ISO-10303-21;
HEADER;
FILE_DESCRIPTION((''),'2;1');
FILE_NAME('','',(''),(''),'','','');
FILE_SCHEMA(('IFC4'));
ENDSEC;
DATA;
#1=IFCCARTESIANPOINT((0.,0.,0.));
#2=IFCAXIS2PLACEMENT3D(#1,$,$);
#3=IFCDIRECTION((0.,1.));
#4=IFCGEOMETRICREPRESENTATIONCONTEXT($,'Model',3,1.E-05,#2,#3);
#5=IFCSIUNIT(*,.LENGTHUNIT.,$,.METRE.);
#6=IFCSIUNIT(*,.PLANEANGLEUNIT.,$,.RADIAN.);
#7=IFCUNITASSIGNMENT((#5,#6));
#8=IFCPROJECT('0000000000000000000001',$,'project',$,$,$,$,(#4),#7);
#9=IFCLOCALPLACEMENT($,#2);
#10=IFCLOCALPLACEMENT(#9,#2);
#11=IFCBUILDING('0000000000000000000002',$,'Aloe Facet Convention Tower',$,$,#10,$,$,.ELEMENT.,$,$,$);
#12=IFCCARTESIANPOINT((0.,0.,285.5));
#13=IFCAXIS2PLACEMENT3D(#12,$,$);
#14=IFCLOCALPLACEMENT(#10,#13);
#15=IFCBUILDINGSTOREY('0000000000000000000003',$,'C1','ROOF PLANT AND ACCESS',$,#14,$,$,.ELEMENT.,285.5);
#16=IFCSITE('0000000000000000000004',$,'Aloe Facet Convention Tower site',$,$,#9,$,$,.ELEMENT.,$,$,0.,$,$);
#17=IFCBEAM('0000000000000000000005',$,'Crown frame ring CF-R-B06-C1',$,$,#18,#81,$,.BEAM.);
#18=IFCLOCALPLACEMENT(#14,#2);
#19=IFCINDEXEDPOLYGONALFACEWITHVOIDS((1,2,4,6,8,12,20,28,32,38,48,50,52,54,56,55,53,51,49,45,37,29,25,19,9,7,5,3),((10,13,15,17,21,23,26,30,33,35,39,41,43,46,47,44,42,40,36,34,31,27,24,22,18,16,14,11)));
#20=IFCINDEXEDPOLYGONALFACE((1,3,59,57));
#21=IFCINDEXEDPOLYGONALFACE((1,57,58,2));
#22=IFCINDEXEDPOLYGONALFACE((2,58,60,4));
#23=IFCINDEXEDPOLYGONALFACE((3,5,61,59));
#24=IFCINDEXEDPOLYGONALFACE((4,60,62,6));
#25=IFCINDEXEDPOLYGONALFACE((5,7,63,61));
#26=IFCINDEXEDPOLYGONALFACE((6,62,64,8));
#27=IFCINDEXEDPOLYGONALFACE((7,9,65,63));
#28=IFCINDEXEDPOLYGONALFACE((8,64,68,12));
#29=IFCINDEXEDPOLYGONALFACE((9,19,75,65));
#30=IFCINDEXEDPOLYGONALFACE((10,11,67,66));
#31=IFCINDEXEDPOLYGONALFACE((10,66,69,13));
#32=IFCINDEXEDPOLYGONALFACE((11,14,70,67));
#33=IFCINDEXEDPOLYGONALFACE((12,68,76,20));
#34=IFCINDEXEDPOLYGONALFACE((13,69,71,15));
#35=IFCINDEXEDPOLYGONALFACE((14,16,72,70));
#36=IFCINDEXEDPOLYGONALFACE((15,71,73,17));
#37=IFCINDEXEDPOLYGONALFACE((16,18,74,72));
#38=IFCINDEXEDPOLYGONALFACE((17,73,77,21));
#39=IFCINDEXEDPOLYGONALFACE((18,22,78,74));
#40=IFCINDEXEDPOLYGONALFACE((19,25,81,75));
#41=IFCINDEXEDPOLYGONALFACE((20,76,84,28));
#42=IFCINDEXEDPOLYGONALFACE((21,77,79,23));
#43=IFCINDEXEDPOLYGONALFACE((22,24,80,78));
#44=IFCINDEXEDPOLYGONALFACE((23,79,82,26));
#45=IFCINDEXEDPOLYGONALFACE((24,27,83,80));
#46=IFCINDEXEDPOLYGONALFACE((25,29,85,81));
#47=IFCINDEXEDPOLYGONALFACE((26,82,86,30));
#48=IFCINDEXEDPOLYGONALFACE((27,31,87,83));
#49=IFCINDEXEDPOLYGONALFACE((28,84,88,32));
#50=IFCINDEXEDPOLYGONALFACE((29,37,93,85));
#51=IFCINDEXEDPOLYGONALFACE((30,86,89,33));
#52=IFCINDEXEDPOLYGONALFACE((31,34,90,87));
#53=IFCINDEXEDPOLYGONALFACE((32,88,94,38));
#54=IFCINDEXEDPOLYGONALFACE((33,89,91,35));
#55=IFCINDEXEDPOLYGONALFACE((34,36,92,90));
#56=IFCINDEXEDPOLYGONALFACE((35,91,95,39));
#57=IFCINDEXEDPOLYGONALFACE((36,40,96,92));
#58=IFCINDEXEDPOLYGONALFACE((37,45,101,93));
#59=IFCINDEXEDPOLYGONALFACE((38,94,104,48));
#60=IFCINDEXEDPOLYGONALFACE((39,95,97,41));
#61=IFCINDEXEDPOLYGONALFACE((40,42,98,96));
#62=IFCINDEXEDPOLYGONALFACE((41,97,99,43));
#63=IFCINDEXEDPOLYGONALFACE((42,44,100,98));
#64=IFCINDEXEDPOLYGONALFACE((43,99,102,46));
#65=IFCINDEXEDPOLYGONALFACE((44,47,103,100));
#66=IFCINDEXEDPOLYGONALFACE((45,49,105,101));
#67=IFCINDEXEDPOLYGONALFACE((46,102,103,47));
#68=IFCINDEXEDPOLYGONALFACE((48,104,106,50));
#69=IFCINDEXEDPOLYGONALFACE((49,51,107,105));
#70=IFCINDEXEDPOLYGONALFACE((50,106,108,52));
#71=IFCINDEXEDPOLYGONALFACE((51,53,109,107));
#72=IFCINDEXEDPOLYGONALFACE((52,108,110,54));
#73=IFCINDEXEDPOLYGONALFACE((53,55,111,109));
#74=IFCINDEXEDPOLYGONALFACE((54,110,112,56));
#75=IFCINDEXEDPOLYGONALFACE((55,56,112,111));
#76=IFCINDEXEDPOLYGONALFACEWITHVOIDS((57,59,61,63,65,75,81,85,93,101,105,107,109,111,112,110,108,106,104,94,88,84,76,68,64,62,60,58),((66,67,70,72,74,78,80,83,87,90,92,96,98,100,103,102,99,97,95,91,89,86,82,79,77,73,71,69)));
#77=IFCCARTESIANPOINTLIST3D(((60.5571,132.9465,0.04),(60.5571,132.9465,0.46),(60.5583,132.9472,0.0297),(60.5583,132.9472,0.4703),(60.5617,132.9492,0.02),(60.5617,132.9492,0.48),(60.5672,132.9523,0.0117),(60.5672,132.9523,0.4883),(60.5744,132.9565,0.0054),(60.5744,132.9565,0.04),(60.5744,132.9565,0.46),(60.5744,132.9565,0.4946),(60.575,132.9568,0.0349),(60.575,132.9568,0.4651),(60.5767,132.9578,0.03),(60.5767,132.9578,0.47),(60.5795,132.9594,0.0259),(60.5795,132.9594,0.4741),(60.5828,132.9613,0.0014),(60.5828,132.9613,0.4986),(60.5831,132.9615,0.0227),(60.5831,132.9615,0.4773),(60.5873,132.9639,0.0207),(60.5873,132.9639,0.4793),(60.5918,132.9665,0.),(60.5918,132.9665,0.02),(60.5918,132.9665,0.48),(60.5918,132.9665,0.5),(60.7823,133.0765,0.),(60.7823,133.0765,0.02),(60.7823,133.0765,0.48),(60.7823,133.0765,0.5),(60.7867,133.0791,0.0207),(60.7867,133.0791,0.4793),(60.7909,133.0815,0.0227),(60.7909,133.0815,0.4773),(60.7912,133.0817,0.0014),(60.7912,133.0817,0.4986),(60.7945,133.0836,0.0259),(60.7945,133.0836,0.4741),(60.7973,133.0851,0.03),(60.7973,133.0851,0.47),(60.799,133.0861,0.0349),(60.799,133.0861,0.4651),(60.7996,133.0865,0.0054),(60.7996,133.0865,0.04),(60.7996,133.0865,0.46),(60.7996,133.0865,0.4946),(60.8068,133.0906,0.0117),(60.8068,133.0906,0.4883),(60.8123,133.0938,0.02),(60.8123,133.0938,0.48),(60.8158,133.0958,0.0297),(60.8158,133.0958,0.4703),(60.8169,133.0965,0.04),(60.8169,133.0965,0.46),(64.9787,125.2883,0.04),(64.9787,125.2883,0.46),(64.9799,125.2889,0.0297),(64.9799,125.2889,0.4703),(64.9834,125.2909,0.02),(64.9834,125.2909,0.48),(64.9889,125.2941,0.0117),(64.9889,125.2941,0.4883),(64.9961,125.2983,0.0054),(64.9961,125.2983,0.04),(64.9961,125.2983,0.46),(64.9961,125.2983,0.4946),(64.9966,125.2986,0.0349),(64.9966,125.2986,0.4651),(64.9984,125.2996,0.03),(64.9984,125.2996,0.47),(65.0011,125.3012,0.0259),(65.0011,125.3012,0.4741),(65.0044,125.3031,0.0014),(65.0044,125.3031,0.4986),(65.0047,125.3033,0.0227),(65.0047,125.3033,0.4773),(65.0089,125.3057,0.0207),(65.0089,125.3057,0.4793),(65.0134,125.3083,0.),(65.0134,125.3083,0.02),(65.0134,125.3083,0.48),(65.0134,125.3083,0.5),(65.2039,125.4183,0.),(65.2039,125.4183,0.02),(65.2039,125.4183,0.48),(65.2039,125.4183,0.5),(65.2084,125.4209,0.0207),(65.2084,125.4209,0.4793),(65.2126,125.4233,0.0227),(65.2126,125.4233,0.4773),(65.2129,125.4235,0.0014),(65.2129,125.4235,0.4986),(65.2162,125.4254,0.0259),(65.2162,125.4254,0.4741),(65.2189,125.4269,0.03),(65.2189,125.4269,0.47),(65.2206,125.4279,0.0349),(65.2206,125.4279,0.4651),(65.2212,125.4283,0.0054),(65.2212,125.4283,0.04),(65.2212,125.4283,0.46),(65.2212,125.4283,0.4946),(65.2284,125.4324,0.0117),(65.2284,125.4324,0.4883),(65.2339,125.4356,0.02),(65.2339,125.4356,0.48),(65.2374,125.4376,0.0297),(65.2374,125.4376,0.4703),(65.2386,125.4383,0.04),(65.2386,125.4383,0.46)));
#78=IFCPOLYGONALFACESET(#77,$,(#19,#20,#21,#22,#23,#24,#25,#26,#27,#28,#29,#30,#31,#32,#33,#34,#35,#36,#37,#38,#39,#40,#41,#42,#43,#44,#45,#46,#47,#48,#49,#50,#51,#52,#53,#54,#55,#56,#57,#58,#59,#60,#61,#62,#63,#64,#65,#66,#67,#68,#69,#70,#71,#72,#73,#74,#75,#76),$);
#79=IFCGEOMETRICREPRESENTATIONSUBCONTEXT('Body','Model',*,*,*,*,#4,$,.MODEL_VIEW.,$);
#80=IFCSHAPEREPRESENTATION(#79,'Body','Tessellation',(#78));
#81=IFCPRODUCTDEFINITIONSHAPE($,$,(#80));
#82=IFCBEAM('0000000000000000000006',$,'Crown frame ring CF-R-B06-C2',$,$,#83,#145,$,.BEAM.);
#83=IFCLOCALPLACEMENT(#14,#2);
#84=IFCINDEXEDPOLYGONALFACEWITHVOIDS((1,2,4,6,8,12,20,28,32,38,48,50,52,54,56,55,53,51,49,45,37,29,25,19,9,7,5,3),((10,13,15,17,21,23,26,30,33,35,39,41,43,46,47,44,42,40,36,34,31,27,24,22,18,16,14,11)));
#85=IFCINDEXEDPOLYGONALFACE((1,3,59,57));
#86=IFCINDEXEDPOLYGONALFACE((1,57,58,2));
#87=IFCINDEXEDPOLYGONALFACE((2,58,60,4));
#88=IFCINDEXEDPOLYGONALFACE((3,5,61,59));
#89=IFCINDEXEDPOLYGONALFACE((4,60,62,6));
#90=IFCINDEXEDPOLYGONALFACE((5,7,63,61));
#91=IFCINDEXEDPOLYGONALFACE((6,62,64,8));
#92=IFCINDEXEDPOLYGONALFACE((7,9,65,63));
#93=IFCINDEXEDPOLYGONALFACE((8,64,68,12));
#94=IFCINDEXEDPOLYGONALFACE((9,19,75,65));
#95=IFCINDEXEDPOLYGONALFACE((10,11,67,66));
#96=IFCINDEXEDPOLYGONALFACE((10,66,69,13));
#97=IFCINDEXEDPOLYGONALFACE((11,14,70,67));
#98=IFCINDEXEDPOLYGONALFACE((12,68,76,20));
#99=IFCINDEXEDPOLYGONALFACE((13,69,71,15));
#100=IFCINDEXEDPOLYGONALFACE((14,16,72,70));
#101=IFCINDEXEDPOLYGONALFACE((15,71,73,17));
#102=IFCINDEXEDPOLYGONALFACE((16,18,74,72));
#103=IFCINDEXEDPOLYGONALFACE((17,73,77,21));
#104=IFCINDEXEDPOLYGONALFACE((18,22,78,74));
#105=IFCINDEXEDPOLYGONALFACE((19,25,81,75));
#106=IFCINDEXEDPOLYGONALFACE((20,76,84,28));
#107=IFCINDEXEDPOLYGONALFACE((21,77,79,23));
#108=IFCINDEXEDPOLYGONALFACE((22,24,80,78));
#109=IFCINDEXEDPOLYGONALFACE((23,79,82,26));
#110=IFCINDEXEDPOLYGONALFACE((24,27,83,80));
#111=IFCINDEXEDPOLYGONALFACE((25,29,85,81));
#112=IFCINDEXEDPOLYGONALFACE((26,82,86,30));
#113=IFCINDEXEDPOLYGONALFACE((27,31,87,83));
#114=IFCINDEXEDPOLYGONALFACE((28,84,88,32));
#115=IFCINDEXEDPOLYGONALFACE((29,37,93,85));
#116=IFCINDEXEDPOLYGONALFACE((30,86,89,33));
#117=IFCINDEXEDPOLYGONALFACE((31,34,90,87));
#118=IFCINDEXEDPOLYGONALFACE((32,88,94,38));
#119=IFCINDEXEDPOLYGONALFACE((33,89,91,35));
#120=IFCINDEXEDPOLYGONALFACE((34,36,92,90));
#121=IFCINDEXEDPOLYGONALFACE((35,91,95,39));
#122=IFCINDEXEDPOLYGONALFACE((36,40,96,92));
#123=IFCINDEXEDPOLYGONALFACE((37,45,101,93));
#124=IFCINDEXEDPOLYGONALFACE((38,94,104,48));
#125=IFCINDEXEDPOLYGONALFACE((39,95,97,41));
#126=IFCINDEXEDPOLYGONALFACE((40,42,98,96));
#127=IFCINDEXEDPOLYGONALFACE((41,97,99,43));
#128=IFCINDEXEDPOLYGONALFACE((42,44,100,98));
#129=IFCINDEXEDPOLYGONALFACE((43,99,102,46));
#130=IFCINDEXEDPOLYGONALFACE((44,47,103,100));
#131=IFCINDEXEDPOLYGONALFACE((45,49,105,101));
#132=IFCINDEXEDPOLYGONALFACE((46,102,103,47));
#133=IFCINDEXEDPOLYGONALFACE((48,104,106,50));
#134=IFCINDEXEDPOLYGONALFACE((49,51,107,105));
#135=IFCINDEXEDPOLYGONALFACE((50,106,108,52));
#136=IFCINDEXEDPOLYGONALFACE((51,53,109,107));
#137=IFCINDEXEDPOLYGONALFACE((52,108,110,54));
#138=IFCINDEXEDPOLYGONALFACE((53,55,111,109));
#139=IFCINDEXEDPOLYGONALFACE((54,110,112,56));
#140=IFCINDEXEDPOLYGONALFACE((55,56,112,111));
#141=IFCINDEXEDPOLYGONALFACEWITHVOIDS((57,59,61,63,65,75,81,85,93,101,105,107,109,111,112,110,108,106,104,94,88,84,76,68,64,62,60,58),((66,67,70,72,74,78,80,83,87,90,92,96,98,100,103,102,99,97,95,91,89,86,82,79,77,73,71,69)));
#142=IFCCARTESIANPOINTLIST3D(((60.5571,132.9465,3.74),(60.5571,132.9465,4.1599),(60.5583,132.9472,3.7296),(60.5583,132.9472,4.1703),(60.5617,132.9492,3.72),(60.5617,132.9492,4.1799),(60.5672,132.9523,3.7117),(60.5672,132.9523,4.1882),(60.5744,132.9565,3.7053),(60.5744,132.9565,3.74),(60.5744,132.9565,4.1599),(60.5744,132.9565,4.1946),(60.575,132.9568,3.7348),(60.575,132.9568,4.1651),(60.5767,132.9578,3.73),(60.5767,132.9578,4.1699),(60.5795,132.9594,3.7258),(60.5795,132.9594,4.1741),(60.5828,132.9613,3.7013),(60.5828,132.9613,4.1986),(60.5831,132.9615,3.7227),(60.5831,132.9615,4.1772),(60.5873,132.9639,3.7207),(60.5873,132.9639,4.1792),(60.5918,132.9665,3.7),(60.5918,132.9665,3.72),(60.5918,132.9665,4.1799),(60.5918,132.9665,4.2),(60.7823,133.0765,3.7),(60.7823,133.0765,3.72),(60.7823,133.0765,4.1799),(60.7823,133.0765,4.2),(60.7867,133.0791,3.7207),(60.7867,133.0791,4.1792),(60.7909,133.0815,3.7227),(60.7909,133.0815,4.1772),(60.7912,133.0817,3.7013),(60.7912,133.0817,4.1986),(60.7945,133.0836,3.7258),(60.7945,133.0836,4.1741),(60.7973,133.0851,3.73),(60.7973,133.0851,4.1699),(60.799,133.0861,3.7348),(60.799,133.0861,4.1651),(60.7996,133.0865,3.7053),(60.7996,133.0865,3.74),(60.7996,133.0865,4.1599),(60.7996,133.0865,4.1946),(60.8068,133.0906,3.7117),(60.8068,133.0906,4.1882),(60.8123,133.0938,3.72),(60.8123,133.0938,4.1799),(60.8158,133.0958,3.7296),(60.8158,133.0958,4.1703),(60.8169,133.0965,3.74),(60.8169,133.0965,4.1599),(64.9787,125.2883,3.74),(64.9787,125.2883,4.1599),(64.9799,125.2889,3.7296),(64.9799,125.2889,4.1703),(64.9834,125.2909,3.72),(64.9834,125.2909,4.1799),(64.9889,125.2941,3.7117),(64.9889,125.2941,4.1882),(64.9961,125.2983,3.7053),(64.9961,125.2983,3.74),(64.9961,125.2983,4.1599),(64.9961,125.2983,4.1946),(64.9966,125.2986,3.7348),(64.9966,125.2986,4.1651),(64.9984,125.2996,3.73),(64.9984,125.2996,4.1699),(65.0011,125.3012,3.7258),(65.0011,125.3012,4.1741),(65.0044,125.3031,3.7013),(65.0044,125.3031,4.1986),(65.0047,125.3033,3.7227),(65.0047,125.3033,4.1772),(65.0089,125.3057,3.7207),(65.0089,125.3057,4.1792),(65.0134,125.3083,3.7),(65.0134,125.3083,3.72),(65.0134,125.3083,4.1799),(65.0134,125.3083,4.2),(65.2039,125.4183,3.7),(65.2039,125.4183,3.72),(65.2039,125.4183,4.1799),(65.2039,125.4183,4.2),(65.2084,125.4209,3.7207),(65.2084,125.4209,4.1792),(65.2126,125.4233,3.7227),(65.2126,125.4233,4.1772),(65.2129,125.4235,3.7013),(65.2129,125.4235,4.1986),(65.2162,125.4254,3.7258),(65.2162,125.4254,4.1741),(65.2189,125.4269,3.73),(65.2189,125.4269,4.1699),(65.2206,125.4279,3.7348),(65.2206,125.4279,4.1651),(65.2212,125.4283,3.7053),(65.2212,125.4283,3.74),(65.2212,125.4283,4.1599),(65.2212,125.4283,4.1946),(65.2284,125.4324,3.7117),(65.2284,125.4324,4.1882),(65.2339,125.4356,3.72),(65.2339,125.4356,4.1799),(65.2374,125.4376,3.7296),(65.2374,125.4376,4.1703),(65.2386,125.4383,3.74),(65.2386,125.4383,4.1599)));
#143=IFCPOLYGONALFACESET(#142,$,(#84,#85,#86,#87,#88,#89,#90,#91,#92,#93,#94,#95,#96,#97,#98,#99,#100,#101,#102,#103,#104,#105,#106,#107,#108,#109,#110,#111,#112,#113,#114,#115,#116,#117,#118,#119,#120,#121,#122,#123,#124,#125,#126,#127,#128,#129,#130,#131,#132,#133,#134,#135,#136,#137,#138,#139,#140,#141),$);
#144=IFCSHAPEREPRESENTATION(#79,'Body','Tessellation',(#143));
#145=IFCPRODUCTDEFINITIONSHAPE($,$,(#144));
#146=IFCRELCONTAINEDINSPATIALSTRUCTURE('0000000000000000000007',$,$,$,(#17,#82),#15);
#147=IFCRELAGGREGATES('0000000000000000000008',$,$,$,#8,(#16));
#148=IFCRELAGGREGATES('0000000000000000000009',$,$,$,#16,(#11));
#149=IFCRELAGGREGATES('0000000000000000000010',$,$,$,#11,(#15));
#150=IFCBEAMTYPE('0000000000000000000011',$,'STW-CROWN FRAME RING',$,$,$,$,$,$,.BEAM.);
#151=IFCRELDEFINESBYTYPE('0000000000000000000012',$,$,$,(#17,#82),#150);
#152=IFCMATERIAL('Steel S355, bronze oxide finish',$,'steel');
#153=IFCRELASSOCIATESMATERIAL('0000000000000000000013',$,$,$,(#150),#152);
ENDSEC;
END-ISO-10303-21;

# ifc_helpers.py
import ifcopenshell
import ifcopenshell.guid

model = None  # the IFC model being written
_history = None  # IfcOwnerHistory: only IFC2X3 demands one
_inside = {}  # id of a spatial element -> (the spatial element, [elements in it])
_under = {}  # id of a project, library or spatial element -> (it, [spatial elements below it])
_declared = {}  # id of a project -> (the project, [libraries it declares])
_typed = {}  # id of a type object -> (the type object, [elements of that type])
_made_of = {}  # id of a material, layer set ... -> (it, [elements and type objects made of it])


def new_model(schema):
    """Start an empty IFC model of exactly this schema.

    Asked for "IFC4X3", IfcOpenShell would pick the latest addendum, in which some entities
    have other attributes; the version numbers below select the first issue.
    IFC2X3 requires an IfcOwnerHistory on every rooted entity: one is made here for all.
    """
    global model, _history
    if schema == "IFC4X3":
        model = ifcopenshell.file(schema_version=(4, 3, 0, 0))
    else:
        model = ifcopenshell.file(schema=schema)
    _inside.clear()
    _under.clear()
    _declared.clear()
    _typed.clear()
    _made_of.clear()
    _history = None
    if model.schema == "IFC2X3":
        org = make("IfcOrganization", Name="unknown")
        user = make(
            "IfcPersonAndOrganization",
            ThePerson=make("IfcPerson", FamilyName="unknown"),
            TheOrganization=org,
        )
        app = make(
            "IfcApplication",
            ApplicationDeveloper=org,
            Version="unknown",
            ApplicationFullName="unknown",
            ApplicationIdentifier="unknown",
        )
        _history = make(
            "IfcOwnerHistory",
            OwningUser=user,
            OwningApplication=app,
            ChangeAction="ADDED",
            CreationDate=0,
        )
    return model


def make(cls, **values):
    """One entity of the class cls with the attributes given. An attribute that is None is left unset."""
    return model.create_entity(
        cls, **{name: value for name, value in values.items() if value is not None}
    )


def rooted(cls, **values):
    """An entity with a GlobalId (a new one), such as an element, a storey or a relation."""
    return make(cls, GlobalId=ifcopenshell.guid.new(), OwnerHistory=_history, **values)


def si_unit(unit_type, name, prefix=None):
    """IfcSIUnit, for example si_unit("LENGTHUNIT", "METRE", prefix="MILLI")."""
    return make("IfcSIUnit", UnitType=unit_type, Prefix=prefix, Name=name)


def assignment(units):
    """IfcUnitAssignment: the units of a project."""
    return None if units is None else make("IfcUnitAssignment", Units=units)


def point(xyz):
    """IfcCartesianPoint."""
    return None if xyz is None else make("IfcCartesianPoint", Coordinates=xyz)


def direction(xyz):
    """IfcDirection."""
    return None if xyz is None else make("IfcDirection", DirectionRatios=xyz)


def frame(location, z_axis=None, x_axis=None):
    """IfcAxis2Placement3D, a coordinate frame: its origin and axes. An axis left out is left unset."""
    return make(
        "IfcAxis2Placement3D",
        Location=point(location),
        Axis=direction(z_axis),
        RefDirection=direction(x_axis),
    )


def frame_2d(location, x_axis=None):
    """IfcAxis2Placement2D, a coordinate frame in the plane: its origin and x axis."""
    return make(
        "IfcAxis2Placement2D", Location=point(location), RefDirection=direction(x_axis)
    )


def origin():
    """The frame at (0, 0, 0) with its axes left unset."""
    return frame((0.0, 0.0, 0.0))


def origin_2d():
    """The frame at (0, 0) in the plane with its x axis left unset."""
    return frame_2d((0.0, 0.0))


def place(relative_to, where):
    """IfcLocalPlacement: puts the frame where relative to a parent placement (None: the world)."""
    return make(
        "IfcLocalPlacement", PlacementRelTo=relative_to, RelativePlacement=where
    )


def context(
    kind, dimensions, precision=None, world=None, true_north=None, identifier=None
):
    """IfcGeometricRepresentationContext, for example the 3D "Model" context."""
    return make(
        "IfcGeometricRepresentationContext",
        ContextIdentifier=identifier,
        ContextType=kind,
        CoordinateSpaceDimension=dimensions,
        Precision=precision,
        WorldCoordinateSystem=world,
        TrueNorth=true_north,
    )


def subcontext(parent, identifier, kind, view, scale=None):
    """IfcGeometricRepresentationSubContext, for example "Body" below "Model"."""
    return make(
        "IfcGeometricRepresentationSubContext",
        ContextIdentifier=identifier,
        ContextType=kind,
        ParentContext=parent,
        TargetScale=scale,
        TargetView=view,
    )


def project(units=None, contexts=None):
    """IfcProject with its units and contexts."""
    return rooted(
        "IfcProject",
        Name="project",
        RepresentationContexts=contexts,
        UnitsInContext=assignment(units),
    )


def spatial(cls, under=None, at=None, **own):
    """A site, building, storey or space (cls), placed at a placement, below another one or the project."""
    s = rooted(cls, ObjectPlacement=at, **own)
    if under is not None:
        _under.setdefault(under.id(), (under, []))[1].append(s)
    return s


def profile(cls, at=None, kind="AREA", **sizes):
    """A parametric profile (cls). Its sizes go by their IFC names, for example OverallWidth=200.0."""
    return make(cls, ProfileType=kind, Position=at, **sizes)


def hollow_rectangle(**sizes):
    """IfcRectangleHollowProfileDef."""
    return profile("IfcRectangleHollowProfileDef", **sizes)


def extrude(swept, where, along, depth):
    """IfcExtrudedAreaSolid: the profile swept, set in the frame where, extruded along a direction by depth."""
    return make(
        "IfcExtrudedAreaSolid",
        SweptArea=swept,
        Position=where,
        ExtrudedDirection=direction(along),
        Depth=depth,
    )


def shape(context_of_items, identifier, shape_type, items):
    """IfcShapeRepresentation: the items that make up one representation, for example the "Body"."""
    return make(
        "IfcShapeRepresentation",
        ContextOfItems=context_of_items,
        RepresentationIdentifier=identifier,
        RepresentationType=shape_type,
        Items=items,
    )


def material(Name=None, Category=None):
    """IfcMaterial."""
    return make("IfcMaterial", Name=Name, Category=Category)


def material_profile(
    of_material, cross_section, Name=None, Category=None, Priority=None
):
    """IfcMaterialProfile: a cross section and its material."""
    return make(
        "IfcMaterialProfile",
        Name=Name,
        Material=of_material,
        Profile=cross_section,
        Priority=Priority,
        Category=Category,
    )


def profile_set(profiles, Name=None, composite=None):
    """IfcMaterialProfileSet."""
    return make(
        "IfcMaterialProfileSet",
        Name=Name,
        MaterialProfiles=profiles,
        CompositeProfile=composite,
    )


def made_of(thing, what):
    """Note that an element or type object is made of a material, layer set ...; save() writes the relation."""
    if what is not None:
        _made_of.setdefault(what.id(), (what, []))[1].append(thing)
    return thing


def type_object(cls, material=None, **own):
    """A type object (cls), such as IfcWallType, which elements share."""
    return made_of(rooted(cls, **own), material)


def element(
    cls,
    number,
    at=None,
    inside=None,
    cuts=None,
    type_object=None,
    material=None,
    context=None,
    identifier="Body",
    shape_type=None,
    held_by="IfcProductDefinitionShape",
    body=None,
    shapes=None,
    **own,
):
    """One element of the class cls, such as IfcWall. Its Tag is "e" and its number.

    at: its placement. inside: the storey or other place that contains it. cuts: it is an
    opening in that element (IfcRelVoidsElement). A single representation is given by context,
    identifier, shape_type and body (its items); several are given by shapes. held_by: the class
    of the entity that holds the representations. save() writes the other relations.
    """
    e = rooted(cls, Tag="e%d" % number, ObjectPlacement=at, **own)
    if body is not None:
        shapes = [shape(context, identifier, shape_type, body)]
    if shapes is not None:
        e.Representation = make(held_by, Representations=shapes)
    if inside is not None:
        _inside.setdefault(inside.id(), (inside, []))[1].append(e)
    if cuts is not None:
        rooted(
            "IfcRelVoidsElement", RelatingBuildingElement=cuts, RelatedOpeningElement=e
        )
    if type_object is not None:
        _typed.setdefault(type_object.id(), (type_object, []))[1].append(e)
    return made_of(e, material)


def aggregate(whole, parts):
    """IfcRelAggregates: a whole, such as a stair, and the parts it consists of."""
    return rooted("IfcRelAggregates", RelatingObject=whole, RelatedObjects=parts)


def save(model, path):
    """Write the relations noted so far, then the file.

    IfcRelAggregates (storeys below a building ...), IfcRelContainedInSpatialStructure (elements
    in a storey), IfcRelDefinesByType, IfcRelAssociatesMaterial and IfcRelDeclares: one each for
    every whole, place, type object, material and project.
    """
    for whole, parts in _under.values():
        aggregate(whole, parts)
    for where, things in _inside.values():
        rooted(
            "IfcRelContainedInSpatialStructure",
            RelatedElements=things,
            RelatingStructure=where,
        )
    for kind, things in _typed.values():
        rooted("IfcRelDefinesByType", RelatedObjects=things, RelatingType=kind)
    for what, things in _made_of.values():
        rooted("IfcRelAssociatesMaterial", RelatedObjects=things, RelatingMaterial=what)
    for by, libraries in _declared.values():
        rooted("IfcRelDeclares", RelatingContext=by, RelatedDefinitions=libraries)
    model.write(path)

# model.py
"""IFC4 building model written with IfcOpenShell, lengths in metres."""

from ifc_helpers import new_model, si_unit, direction, frame, origin, origin_2d, place, context, subcontext, project, spatial, hollow_rectangle, extrude, material, material_profile, profile_set, type_object, element, save


model = new_model("IFC4")

# Units and contexts
model_context = context("Model", 3, precision=1e-05, world=origin(), true_north=direction((0.0, 1.0)))
body_context = subcontext(model_context, "Body", "Model", "MODEL_VIEW")
ifc_project = project(units=[si_unit("LENGTHUNIT", "METRE"), si_unit("PLANEANGLEUNIT", "RADIAN")], contexts=[model_context])

# Site, building, storey
site_placement = place(None, origin())
site = spatial("IfcSite", under=ifc_project, at=site_placement, Name="Aloe Facet Convention Tower site", CompositionType="ELEMENT", RefElevation=0.0)
building_placement = place(site_placement, origin())
building = spatial("IfcBuilding", under=site, at=building_placement, Name="Aloe Facet Convention Tower", CompositionType="ELEMENT")
storey_placement = place(building_placement, frame((0.0, 0.0, 285.5)))
storey = spatial("IfcBuildingStorey", under=building, at=storey_placement, Name="C1", Description="ROOF PLANT AND ACCESS", CompositionType="ELEMENT", Elevation=285.5)

# Beams
ifc_material_1 = material(Name="Steel S355, bronze oxide finish", Category="steel")
ifc_material_profile_1 = material_profile(ifc_material_1, hollow_rectangle(XDim=0.3, YDim=0.5, WallThickness=0.02, InnerFilletRadius=0.02, OuterFilletRadius=0.04, at=origin_2d()), Name="RHS 500x300x20")
ifc_profile_set_1 = profile_set([ifc_material_profile_1], Name="Steel S355, bronze oxide finish")
beam_type = type_object("IfcBeamType", Name="STW-CROWN FRAME RING", PredefinedType="BEAM", material=ifc_profile_set_1)
for number, where, z_axis, x_axis, name in (
    (1, (60.687, 133.0215, 0.25), (0.500014, -0.866017, 0.0), (0.866017, 0.500014, 0.0), "Crown frame ring CF-R-B06-C1"),
    (2, (60.687, 133.0215, 3.95), (0.500014, -0.866017, 0.0), (0.866017, 0.500014, 0.0), "Crown frame ring CF-R-B06-C2"),
):
    element("IfcBeam", number, at=place(storey_placement, frame(where, z_axis=z_axis, x_axis=x_axis)), inside=storey, type_object=beam_type, Name=name, PredefinedType="BEAM", context=body_context, shape_type="SweptSolid", body=[
        extrude(hollow_rectangle(XDim=0.3, YDim=0.5, WallThickness=0.02, InnerFilletRadius=0.02, OuterFilletRadius=0.04, at=origin_2d()), origin(), (0.0, 0.0, 1.0), 8.843),
    ])

save(model, "model.ifc")
